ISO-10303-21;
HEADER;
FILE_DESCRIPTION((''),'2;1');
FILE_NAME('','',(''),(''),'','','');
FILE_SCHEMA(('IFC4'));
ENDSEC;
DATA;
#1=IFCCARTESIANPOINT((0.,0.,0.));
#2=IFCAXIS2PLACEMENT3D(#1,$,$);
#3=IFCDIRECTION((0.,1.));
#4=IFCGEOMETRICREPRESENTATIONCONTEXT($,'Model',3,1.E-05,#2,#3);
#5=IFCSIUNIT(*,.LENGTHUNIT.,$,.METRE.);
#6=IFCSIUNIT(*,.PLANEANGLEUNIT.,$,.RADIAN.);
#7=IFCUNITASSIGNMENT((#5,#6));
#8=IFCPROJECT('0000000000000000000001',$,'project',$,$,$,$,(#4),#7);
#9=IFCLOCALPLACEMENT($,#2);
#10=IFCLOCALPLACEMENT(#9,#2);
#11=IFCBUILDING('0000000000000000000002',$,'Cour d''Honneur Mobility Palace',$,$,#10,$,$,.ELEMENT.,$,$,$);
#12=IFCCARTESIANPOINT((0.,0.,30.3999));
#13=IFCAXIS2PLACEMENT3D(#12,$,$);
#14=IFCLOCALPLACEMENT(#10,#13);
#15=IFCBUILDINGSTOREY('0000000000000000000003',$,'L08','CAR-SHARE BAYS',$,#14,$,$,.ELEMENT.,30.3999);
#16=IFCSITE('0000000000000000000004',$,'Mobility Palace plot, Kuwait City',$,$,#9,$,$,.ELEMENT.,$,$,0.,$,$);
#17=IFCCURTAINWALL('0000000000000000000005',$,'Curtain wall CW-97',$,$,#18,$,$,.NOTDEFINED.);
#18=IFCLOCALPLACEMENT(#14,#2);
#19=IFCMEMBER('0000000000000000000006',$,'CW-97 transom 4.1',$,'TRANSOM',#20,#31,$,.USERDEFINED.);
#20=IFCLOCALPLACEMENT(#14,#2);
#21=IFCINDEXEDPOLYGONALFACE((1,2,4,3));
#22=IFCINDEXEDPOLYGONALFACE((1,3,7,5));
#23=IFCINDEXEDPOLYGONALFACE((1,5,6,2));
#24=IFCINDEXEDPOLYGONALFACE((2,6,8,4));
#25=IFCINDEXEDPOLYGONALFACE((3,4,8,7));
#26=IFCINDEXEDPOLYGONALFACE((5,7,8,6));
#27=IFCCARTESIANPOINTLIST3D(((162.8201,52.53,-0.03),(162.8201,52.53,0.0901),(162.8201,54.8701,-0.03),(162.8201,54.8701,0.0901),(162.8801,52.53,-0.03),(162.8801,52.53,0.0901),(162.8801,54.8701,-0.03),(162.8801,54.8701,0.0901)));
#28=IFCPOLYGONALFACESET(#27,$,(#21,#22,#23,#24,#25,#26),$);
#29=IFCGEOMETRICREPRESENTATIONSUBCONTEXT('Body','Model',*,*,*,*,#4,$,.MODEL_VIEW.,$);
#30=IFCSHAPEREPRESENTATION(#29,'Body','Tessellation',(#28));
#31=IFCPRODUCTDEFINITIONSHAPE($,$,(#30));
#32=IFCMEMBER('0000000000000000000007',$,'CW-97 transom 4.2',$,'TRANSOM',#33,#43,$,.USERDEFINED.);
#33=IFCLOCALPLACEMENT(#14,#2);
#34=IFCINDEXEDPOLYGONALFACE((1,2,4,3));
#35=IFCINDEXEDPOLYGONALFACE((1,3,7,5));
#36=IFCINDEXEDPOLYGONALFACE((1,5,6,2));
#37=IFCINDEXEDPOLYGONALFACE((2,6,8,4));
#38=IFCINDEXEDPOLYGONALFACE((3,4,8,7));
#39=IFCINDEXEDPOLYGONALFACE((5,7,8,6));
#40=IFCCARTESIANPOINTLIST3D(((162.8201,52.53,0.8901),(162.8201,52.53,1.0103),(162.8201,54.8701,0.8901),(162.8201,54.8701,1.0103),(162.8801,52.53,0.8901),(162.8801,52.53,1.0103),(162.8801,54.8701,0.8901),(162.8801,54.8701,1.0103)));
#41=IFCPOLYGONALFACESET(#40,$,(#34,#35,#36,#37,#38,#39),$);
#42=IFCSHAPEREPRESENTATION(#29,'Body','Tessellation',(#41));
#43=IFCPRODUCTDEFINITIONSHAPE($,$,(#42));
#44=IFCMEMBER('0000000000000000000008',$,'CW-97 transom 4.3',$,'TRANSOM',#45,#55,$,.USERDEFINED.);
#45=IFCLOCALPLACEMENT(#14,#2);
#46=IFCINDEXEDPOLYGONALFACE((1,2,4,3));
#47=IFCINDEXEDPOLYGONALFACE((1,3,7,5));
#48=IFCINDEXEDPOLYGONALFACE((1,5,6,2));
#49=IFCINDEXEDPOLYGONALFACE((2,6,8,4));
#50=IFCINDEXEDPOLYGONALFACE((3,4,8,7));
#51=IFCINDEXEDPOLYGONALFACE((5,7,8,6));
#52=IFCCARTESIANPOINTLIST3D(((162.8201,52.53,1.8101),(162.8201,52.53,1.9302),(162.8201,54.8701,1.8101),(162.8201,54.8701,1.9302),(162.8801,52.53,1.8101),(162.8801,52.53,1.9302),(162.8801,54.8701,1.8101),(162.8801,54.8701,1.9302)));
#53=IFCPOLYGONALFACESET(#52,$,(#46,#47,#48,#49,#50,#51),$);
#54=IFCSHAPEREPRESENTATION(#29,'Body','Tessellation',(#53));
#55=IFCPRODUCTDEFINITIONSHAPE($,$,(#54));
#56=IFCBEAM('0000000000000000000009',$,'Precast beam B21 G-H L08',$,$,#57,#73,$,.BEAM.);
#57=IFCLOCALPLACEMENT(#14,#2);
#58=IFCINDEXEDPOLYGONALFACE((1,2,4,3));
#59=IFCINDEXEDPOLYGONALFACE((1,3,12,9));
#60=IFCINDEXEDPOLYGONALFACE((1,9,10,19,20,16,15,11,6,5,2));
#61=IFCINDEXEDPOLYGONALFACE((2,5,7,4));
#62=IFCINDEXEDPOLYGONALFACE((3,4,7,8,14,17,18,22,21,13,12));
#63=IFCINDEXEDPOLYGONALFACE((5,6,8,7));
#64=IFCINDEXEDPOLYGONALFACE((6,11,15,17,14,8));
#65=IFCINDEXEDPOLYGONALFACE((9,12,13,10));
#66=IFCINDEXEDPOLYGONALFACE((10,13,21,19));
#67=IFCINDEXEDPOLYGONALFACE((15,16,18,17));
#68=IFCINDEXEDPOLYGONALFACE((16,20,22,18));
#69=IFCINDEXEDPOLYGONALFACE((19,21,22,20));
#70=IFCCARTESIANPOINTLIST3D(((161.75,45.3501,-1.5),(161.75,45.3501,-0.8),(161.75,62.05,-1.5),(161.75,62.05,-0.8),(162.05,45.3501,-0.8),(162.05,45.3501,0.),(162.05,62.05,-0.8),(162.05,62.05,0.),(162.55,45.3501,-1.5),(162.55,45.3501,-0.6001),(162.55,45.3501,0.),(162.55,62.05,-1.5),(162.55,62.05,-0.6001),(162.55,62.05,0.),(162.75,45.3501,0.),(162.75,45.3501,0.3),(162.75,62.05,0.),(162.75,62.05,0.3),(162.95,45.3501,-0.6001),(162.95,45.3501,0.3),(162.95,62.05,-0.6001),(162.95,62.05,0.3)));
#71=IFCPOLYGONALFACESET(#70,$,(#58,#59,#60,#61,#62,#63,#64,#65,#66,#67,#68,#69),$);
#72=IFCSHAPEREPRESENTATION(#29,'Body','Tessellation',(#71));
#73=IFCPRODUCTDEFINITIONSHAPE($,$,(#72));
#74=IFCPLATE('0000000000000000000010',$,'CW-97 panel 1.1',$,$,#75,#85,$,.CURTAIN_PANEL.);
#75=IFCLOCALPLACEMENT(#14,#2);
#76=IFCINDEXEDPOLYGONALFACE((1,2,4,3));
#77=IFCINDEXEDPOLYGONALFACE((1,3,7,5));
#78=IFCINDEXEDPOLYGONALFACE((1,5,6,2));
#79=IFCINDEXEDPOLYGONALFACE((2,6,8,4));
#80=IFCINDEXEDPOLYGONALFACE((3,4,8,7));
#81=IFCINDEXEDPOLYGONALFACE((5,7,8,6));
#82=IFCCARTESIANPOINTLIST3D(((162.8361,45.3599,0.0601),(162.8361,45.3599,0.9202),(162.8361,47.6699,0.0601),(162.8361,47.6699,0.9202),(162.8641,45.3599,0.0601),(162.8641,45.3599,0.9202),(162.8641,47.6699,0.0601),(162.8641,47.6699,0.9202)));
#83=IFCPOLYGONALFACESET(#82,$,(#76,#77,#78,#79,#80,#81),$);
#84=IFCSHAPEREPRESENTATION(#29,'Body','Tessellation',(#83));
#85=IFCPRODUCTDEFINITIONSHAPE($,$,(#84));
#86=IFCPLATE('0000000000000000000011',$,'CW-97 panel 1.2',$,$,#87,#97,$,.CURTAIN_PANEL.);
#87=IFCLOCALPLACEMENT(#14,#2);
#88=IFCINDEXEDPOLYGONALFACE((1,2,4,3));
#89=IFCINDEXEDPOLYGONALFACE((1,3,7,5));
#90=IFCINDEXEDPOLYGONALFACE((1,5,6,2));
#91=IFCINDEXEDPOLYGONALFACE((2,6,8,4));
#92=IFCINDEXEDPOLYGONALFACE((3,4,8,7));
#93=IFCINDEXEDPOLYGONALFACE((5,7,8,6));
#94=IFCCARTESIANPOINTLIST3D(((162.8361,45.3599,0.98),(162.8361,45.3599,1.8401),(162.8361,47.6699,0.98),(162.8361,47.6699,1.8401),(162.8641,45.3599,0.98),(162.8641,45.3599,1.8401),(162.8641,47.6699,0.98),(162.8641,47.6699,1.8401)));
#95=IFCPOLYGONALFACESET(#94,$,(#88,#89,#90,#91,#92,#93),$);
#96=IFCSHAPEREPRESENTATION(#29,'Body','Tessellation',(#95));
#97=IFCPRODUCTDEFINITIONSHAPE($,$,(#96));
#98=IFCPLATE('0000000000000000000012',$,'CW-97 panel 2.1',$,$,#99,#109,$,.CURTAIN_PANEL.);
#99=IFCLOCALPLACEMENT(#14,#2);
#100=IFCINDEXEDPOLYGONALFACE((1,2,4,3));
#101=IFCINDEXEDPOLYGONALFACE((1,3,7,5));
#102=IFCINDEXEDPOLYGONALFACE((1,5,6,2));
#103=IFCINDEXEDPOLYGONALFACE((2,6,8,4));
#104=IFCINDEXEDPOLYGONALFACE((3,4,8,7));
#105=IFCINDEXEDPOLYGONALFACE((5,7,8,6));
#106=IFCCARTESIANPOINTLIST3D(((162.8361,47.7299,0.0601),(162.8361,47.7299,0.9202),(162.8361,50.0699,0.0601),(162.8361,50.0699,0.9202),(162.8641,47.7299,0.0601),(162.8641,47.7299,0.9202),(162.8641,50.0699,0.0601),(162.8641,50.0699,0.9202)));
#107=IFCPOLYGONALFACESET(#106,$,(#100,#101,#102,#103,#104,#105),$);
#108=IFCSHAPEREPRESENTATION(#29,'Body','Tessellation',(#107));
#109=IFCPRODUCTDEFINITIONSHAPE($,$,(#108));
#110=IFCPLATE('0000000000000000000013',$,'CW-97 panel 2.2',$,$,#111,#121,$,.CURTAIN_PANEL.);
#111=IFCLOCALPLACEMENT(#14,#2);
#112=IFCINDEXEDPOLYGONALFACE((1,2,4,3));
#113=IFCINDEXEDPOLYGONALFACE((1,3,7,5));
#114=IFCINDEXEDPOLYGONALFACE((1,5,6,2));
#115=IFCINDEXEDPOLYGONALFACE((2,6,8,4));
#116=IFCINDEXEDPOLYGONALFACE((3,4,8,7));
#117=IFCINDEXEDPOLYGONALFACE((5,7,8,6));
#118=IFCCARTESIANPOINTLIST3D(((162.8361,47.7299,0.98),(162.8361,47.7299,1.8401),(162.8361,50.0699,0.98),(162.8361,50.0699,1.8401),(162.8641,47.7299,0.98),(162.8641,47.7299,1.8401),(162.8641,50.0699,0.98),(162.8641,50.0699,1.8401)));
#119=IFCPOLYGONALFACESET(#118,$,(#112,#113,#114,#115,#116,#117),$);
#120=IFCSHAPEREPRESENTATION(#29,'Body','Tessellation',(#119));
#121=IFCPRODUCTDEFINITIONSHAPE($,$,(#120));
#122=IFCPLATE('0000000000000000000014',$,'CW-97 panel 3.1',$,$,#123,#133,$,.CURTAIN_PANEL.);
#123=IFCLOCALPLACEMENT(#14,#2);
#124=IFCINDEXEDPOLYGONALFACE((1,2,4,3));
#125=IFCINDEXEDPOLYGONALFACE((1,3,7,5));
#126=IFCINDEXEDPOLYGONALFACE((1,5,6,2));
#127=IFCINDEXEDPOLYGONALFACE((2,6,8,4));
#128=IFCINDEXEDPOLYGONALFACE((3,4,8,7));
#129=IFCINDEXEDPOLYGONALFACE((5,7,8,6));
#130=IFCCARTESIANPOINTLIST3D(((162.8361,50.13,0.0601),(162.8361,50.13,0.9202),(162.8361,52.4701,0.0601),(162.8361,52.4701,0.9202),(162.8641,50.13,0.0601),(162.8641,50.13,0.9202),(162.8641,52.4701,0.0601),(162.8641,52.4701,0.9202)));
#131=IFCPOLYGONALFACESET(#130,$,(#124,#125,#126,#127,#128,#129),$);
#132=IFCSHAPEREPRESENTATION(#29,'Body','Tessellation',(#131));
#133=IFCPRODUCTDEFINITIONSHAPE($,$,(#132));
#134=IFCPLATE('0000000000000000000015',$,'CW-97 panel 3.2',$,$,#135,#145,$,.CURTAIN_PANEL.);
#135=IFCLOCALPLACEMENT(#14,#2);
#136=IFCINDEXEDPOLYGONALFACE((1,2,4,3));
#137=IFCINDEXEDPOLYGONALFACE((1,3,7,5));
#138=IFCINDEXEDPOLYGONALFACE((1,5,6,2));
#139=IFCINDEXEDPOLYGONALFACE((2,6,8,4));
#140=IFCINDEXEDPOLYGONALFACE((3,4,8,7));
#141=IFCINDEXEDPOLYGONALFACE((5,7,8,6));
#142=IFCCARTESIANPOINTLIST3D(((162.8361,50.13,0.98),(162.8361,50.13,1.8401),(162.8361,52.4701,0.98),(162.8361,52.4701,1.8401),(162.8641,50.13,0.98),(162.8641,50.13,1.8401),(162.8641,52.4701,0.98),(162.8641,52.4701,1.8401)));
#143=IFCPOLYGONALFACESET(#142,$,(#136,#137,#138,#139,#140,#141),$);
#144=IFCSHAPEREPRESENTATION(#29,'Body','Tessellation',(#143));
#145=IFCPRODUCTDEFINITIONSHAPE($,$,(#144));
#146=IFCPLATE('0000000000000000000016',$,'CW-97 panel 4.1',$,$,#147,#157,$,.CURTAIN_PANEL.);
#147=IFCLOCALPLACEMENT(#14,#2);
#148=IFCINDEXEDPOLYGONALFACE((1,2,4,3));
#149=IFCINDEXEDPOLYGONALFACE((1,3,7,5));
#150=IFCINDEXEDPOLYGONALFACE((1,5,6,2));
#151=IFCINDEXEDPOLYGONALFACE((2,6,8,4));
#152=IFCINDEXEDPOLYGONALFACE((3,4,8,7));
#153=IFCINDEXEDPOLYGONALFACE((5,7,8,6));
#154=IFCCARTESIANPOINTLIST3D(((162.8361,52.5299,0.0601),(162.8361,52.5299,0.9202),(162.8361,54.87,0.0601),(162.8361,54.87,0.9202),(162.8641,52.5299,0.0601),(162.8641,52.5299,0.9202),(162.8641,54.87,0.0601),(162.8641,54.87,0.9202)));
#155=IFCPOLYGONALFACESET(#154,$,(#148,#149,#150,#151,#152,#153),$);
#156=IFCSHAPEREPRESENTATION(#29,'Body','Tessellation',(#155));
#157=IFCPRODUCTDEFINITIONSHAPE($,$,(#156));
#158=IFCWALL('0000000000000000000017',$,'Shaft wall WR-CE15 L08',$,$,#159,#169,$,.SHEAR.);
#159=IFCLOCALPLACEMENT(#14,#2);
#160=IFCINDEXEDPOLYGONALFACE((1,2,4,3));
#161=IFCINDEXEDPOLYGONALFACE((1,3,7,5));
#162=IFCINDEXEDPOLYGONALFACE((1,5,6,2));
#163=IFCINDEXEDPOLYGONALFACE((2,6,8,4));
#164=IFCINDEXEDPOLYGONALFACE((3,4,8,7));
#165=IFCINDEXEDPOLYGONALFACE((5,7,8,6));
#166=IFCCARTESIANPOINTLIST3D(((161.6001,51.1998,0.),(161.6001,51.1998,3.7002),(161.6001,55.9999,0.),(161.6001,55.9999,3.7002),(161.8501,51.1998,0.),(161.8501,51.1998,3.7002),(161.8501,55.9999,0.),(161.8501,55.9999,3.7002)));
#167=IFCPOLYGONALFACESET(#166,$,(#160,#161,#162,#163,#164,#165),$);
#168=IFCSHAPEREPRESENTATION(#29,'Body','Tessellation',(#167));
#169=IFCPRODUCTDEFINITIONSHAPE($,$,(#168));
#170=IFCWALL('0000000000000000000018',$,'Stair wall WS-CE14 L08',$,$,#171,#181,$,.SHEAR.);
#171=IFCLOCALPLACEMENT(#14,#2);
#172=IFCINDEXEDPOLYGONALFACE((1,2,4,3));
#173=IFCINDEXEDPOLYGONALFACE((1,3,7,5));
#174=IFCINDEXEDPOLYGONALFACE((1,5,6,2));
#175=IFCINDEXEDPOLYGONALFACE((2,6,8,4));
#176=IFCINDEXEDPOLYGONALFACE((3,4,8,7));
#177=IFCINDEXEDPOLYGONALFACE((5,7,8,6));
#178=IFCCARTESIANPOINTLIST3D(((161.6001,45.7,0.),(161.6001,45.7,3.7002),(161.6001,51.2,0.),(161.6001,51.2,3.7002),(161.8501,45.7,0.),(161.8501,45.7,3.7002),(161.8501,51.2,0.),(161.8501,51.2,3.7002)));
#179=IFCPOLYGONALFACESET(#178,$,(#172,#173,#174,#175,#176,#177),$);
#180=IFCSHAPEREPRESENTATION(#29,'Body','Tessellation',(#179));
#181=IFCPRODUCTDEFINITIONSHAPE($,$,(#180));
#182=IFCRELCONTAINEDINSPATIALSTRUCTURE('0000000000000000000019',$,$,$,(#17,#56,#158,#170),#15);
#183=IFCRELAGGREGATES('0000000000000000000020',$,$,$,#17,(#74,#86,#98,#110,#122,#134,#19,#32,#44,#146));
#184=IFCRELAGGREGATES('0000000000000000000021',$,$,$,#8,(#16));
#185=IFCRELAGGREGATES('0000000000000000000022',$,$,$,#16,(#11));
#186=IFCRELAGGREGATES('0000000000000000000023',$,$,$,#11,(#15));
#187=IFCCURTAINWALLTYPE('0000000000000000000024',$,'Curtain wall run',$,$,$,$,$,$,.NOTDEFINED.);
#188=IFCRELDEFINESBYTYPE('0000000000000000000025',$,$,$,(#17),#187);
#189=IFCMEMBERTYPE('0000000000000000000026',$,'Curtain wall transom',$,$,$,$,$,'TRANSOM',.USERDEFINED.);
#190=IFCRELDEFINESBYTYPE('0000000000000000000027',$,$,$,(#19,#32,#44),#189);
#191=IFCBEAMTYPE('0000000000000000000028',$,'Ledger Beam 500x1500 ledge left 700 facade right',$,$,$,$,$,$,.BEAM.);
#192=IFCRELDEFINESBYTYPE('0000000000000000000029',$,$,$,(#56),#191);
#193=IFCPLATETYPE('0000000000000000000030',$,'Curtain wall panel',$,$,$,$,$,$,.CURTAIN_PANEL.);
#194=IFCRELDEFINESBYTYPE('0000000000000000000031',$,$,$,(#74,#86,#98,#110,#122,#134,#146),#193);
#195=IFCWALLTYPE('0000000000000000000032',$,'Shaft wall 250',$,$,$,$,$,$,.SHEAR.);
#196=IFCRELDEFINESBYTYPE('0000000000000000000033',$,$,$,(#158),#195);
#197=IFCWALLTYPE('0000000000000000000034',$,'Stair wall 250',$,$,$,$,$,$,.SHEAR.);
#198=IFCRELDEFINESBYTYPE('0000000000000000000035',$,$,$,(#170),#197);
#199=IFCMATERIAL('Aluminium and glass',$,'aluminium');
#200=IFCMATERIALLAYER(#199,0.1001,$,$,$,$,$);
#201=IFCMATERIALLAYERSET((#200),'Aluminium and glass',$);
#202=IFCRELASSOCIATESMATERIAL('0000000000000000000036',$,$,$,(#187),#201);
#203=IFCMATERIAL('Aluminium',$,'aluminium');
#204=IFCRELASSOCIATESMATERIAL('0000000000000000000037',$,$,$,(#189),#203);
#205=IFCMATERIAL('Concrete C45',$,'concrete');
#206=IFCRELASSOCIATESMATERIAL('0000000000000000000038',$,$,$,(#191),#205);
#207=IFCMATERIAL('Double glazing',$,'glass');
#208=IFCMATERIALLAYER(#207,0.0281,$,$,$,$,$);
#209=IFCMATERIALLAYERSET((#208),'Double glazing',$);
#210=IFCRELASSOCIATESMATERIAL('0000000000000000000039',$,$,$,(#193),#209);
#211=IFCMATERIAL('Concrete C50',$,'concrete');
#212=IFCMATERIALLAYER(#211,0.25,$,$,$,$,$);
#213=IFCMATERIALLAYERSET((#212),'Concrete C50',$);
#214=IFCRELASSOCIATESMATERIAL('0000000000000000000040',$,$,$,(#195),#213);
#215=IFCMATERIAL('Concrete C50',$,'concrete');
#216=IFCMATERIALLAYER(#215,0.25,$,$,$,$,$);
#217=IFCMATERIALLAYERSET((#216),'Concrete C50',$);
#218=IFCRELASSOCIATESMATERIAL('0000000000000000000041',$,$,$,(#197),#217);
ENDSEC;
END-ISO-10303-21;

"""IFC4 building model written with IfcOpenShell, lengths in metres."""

from ifc_helpers import new_model, si_unit, direction, frame, frame_2d, origin, origin_2d, place, context, subcontext, project, spatial, polyline, rectangle, outline, extrude, material, layer, layer_set, material_profile, profile_set, type_object, element, aggregate, save


model = new_model("IFC4")

# Units and contexts
model_context = context("Model", 3, precision=1e-05, world=origin(), true_north=direction((0.0, 1.0)))
body_context = subcontext(model_context, "Body", "Model", "MODEL_VIEW")
ifc_project = project(units=[si_unit("LENGTHUNIT", "METRE"), si_unit("PLANEANGLEUNIT", "RADIAN")], contexts=[model_context])

# Site, building, storey
site_placement = place(None, origin())
site = spatial("IfcSite", under=ifc_project, at=site_placement, Name="Mobility Palace plot, Kuwait City", CompositionType="ELEMENT", RefElevation=0.0)
building_placement = place(site_placement, origin())
building = spatial("IfcBuilding", under=site, at=building_placement, Name="Cour d'Honneur Mobility Palace", CompositionType="ELEMENT")
storey_placement = place(building_placement, frame((0.0, 0.0, 30.3999)))
storey = spatial("IfcBuildingStorey", under=building, at=storey_placement, Name="L08", Description="CAR-SHARE BAYS", CompositionType="ELEMENT", Elevation=30.3999)

# Curtain wall, members
ifc_material_1 = material(Name="Aluminium and glass", Category="aluminium")
ifc_layer_1 = layer(ifc_material_1, 0.1001)
ifc_layer_set_1 = layer_set([ifc_layer_1], Name="Aluminium and glass")
curtain_wall_type = type_object("IfcCurtainWallType", Name="Curtain wall run", PredefinedType="NOTDEFINED", material=ifc_layer_set_1)
curtain_wall_placement = place(storey_placement, origin())
curtain_wall = element("IfcCurtainWall", 1, at=curtain_wall_placement, inside=storey, type_object=curtain_wall_type, Name="Curtain wall CW-97", PredefinedType="NOTDEFINED")
ifc_material_2 = material(Name="Aluminium", Category="aluminium")
ifc_material_profile_1 = material_profile(ifc_material_2, rectangle(XDim=0.0601, YDim=0.1201, at=origin_2d()), Name="Curtain wall transom")
ifc_profile_set_1 = profile_set([ifc_material_profile_1], Name="Aluminium")
member_type_1 = type_object("IfcMemberType", Name="Curtain wall transom", ElementType="TRANSOM", PredefinedType="USERDEFINED", material=ifc_profile_set_1)
member_1_placement = place(storey_placement, frame((162.8501, 52.53, 0.03), z_axis=(0.0, 1.0, 0.0), x_axis=(-1.0, 0.0, 0.0)))
member_1 = element("IfcMember", 2, at=member_1_placement, type_object=member_type_1, Name="CW-97 transom 4.1", ObjectType="TRANSOM", PredefinedType="USERDEFINED", context=body_context, shape_type="SweptSolid", body=[
    extrude(rectangle(XDim=0.0601, YDim=0.1201, at=origin_2d()), origin(), (0.0, 0.0, 1.0), 2.3401),
])
member_2_placement = place(storey_placement, frame((162.8501, 52.53, 0.9502), z_axis=(0.0, 1.0, 0.0), x_axis=(-1.0, 0.0, 0.0)))
member_2 = element("IfcMember", 3, at=member_2_placement, type_object=member_type_1, Name="CW-97 transom 4.2", ObjectType="TRANSOM", PredefinedType="USERDEFINED", context=body_context, shape_type="SweptSolid", body=[
    extrude(rectangle(XDim=0.0601, YDim=0.1201, at=origin_2d()), origin(), (0.0, 0.0, 1.0), 2.3401),
])
member_3_placement = place(storey_placement, frame((162.8501, 52.53, 1.8701), z_axis=(0.0, 1.0, 0.0), x_axis=(-1.0, 0.0, 0.0)))
member_3 = element("IfcMember", 4, at=member_3_placement, type_object=member_type_1, Name="CW-97 transom 4.3", ObjectType="TRANSOM", PredefinedType="USERDEFINED", context=body_context, shape_type="SweptSolid", body=[
    extrude(rectangle(XDim=0.0601, YDim=0.1201, at=origin_2d()), origin(), (0.0, 0.0, 1.0), 2.3401),
])

# Beam
ifc_material_3 = material(Name="Concrete C45", Category="concrete")
ifc_material_profile_2 = material_profile(ifc_material_3, outline(polyline([(0.55, -1.5), (0.55, -0.8), (0.25, -0.8), (0.25, 0.0), (-0.25, 0.0), (-0.45, 0.0), (-0.45, 0.3), (-0.6499, 0.3), (-0.6499, -0.6001), (-0.25, -0.6001), (-0.25, -1.5), (0.55, -1.5)])), Name="Ledger Beam 500x1500 ledge left 700 facade right")
ifc_profile_set_2 = profile_set([ifc_material_profile_2], Name="Concrete C45")
beam_type = type_object("IfcBeamType", Name="Ledger Beam 500x1500 ledge left 700 facade right", PredefinedType="BEAM", material=ifc_profile_set_2)
beam_placement = place(storey_placement, frame((162.3, 45.3501, 0.0), z_axis=(0.0, 1.0, 0.0), x_axis=(-1.0, 0.0, 0.0)))
element("IfcBeam", 5, at=beam_placement, inside=storey, type_object=beam_type, Name="Precast beam B21 G-H L08", PredefinedType="BEAM", context=body_context, shape_type="SweptSolid", body=[
    extrude(outline(polyline([(0.55, -1.5), (0.55, -0.8), (0.25, -0.8), (0.25, 0.0), (-0.25, 0.0), (-0.45, 0.0), (-0.45, 0.3), (-0.6499, 0.3), (-0.6499, -0.6001), (-0.25, -0.6001), (-0.25, -1.5), (0.55, -1.5)])), origin(), (0.0, 0.0, 1.0), 16.7),
])

# Plates
ifc_material_4 = material(Name="Double glazing", Category="glass")
ifc_layer_2 = layer(ifc_material_4, 0.0281)
ifc_layer_set_2 = layer_set([ifc_layer_2], Name="Double glazing")
plate_type = type_object("IfcPlateType", Name="Curtain wall panel", PredefinedType="CURTAIN_PANEL", material=ifc_layer_set_2)
plate_1_placement = place(storey_placement, frame((162.8501, 46.5149, 0.0601), z_axis=(0.0, 0.0, 1.0), x_axis=(0.0, 1.0, 0.0)))
plate_1 = element("IfcPlate", 6, at=plate_1_placement, type_object=plate_type, Name="CW-97 panel 1.1", PredefinedType="CURTAIN_PANEL", context=body_context, shape_type="SweptSolid", body=[
    extrude(rectangle(XDim=2.3101, YDim=0.0281, at=origin_2d()), origin(), (0.0, 0.0, 1.0), 0.8601),
])
plate_2_placement = place(storey_placement, frame((162.8501, 46.5149, 0.98), z_axis=(0.0, 0.0, 1.0), x_axis=(0.0, 1.0, 0.0)))
plate_2 = element("IfcPlate", 7, at=plate_2_placement, type_object=plate_type, Name="CW-97 panel 1.2", PredefinedType="CURTAIN_PANEL", context=body_context, shape_type="SweptSolid", body=[
    extrude(rectangle(XDim=2.3101, YDim=0.0281, at=origin_2d()), origin(), (0.0, 0.0, 1.0), 0.8601),
])
plate_3_placement = place(storey_placement, frame((162.8501, 48.8999, 0.0601), z_axis=(0.0, 0.0, 1.0), x_axis=(0.0, 1.0, 0.0)))
plate_3 = element("IfcPlate", 8, at=plate_3_placement, type_object=plate_type, Name="CW-97 panel 2.1", PredefinedType="CURTAIN_PANEL", context=body_context, shape_type="SweptSolid", body=[
    extrude(rectangle(XDim=2.3401, YDim=0.0281, at=origin_2d()), origin(), (0.0, 0.0, 1.0), 0.8601),
])
plate_4_placement = place(storey_placement, frame((162.8501, 48.8999, 0.98), z_axis=(0.0, 0.0, 1.0), x_axis=(0.0, 1.0, 0.0)))
plate_4 = element("IfcPlate", 9, at=plate_4_placement, type_object=plate_type, Name="CW-97 panel 2.2", PredefinedType="CURTAIN_PANEL", context=body_context, shape_type="SweptSolid", body=[
    extrude(rectangle(XDim=2.3401, YDim=0.0281, at=origin_2d()), origin(), (0.0, 0.0, 1.0), 0.8601),
])
plate_5_placement = place(storey_placement, frame((162.8501, 51.3, 0.0601), z_axis=(0.0, 0.0, 1.0), x_axis=(0.0, 1.0, 0.0)))
plate_5 = element("IfcPlate", 10, at=plate_5_placement, type_object=plate_type, Name="CW-97 panel 3.1", PredefinedType="CURTAIN_PANEL", context=body_context, shape_type="SweptSolid", body=[
    extrude(rectangle(XDim=2.3401, YDim=0.0281, at=origin_2d()), origin(), (0.0, 0.0, 1.0), 0.8601),
])
plate_6_placement = place(storey_placement, frame((162.8501, 51.3, 0.98), z_axis=(0.0, 0.0, 1.0), x_axis=(0.0, 1.0, 0.0)))
plate_6 = element("IfcPlate", 11, at=plate_6_placement, type_object=plate_type, Name="CW-97 panel 3.2", PredefinedType="CURTAIN_PANEL", context=body_context, shape_type="SweptSolid", body=[
    extrude(rectangle(XDim=2.3401, YDim=0.0281, at=origin_2d()), origin(), (0.0, 0.0, 1.0), 0.8601),
])
plate_7_placement = place(storey_placement, frame((162.8501, 53.7, 0.0601), z_axis=(0.0, 0.0, 1.0), x_axis=(0.0, 1.0, 0.0)))
plate_7 = element("IfcPlate", 12, at=plate_7_placement, type_object=plate_type, Name="CW-97 panel 4.1", PredefinedType="CURTAIN_PANEL", context=body_context, shape_type="SweptSolid", body=[
    extrude(rectangle(XDim=2.3401, YDim=0.0281, at=origin_2d()), origin(), (0.0, 0.0, 1.0), 0.8601),
])
aggregate(curtain_wall, [plate_1, plate_2, plate_3, plate_4, plate_5, plate_6, member_1, member_2, member_3, plate_7])

# Walls
ifc_material_5 = material(Name="Concrete C50", Category="concrete")
ifc_layer_3 = layer(ifc_material_5, 0.25)
ifc_layer_set_3 = layer_set([ifc_layer_3], Name="Concrete C50")
wall_type_1 = type_object("IfcWallType", Name="Shaft wall 250", PredefinedType="SHEAR", material=ifc_layer_set_3)
wall_1_placement = place(storey_placement, frame((161.7251, 51.2, 0.0), z_axis=(0.0, 0.0, 1.0), x_axis=(0.0, 1.0, 0.0)))
element("IfcWall", 13, at=wall_1_placement, inside=storey, type_object=wall_type_1, Name="Shaft wall WR-CE15 L08", PredefinedType="SHEAR", context=body_context, shape_type="SweptSolid", body=[
    extrude(rectangle(XDim=4.8, YDim=0.25, at=frame_2d((2.3999, 0.0))), origin(), (0.0, 0.0, 1.0), 3.7002),
])
ifc_material_6 = material(Name="Concrete C50", Category="concrete")
ifc_layer_4 = layer(ifc_material_6, 0.25)
ifc_layer_set_4 = layer_set([ifc_layer_4], Name="Concrete C50")
wall_type_2 = type_object("IfcWallType", Name="Stair wall 250", PredefinedType="SHEAR", material=ifc_layer_set_4)
wall_2_placement = place(storey_placement, frame((161.7251, 45.7, 0.0), z_axis=(0.0, 0.0, 1.0), x_axis=(0.0, 1.0, 0.0)))
element("IfcWall", 14, at=wall_2_placement, inside=storey, type_object=wall_type_2, Name="Stair wall WS-CE14 L08", PredefinedType="SHEAR", context=body_context, shape_type="SweptSolid", body=[
    extrude(rectangle(XDim=5.5, YDim=0.25, at=frame_2d((2.75, 0.0))), origin(), (0.0, 0.0, 1.0), 3.7002),
])

save(model, "model.ifc")
